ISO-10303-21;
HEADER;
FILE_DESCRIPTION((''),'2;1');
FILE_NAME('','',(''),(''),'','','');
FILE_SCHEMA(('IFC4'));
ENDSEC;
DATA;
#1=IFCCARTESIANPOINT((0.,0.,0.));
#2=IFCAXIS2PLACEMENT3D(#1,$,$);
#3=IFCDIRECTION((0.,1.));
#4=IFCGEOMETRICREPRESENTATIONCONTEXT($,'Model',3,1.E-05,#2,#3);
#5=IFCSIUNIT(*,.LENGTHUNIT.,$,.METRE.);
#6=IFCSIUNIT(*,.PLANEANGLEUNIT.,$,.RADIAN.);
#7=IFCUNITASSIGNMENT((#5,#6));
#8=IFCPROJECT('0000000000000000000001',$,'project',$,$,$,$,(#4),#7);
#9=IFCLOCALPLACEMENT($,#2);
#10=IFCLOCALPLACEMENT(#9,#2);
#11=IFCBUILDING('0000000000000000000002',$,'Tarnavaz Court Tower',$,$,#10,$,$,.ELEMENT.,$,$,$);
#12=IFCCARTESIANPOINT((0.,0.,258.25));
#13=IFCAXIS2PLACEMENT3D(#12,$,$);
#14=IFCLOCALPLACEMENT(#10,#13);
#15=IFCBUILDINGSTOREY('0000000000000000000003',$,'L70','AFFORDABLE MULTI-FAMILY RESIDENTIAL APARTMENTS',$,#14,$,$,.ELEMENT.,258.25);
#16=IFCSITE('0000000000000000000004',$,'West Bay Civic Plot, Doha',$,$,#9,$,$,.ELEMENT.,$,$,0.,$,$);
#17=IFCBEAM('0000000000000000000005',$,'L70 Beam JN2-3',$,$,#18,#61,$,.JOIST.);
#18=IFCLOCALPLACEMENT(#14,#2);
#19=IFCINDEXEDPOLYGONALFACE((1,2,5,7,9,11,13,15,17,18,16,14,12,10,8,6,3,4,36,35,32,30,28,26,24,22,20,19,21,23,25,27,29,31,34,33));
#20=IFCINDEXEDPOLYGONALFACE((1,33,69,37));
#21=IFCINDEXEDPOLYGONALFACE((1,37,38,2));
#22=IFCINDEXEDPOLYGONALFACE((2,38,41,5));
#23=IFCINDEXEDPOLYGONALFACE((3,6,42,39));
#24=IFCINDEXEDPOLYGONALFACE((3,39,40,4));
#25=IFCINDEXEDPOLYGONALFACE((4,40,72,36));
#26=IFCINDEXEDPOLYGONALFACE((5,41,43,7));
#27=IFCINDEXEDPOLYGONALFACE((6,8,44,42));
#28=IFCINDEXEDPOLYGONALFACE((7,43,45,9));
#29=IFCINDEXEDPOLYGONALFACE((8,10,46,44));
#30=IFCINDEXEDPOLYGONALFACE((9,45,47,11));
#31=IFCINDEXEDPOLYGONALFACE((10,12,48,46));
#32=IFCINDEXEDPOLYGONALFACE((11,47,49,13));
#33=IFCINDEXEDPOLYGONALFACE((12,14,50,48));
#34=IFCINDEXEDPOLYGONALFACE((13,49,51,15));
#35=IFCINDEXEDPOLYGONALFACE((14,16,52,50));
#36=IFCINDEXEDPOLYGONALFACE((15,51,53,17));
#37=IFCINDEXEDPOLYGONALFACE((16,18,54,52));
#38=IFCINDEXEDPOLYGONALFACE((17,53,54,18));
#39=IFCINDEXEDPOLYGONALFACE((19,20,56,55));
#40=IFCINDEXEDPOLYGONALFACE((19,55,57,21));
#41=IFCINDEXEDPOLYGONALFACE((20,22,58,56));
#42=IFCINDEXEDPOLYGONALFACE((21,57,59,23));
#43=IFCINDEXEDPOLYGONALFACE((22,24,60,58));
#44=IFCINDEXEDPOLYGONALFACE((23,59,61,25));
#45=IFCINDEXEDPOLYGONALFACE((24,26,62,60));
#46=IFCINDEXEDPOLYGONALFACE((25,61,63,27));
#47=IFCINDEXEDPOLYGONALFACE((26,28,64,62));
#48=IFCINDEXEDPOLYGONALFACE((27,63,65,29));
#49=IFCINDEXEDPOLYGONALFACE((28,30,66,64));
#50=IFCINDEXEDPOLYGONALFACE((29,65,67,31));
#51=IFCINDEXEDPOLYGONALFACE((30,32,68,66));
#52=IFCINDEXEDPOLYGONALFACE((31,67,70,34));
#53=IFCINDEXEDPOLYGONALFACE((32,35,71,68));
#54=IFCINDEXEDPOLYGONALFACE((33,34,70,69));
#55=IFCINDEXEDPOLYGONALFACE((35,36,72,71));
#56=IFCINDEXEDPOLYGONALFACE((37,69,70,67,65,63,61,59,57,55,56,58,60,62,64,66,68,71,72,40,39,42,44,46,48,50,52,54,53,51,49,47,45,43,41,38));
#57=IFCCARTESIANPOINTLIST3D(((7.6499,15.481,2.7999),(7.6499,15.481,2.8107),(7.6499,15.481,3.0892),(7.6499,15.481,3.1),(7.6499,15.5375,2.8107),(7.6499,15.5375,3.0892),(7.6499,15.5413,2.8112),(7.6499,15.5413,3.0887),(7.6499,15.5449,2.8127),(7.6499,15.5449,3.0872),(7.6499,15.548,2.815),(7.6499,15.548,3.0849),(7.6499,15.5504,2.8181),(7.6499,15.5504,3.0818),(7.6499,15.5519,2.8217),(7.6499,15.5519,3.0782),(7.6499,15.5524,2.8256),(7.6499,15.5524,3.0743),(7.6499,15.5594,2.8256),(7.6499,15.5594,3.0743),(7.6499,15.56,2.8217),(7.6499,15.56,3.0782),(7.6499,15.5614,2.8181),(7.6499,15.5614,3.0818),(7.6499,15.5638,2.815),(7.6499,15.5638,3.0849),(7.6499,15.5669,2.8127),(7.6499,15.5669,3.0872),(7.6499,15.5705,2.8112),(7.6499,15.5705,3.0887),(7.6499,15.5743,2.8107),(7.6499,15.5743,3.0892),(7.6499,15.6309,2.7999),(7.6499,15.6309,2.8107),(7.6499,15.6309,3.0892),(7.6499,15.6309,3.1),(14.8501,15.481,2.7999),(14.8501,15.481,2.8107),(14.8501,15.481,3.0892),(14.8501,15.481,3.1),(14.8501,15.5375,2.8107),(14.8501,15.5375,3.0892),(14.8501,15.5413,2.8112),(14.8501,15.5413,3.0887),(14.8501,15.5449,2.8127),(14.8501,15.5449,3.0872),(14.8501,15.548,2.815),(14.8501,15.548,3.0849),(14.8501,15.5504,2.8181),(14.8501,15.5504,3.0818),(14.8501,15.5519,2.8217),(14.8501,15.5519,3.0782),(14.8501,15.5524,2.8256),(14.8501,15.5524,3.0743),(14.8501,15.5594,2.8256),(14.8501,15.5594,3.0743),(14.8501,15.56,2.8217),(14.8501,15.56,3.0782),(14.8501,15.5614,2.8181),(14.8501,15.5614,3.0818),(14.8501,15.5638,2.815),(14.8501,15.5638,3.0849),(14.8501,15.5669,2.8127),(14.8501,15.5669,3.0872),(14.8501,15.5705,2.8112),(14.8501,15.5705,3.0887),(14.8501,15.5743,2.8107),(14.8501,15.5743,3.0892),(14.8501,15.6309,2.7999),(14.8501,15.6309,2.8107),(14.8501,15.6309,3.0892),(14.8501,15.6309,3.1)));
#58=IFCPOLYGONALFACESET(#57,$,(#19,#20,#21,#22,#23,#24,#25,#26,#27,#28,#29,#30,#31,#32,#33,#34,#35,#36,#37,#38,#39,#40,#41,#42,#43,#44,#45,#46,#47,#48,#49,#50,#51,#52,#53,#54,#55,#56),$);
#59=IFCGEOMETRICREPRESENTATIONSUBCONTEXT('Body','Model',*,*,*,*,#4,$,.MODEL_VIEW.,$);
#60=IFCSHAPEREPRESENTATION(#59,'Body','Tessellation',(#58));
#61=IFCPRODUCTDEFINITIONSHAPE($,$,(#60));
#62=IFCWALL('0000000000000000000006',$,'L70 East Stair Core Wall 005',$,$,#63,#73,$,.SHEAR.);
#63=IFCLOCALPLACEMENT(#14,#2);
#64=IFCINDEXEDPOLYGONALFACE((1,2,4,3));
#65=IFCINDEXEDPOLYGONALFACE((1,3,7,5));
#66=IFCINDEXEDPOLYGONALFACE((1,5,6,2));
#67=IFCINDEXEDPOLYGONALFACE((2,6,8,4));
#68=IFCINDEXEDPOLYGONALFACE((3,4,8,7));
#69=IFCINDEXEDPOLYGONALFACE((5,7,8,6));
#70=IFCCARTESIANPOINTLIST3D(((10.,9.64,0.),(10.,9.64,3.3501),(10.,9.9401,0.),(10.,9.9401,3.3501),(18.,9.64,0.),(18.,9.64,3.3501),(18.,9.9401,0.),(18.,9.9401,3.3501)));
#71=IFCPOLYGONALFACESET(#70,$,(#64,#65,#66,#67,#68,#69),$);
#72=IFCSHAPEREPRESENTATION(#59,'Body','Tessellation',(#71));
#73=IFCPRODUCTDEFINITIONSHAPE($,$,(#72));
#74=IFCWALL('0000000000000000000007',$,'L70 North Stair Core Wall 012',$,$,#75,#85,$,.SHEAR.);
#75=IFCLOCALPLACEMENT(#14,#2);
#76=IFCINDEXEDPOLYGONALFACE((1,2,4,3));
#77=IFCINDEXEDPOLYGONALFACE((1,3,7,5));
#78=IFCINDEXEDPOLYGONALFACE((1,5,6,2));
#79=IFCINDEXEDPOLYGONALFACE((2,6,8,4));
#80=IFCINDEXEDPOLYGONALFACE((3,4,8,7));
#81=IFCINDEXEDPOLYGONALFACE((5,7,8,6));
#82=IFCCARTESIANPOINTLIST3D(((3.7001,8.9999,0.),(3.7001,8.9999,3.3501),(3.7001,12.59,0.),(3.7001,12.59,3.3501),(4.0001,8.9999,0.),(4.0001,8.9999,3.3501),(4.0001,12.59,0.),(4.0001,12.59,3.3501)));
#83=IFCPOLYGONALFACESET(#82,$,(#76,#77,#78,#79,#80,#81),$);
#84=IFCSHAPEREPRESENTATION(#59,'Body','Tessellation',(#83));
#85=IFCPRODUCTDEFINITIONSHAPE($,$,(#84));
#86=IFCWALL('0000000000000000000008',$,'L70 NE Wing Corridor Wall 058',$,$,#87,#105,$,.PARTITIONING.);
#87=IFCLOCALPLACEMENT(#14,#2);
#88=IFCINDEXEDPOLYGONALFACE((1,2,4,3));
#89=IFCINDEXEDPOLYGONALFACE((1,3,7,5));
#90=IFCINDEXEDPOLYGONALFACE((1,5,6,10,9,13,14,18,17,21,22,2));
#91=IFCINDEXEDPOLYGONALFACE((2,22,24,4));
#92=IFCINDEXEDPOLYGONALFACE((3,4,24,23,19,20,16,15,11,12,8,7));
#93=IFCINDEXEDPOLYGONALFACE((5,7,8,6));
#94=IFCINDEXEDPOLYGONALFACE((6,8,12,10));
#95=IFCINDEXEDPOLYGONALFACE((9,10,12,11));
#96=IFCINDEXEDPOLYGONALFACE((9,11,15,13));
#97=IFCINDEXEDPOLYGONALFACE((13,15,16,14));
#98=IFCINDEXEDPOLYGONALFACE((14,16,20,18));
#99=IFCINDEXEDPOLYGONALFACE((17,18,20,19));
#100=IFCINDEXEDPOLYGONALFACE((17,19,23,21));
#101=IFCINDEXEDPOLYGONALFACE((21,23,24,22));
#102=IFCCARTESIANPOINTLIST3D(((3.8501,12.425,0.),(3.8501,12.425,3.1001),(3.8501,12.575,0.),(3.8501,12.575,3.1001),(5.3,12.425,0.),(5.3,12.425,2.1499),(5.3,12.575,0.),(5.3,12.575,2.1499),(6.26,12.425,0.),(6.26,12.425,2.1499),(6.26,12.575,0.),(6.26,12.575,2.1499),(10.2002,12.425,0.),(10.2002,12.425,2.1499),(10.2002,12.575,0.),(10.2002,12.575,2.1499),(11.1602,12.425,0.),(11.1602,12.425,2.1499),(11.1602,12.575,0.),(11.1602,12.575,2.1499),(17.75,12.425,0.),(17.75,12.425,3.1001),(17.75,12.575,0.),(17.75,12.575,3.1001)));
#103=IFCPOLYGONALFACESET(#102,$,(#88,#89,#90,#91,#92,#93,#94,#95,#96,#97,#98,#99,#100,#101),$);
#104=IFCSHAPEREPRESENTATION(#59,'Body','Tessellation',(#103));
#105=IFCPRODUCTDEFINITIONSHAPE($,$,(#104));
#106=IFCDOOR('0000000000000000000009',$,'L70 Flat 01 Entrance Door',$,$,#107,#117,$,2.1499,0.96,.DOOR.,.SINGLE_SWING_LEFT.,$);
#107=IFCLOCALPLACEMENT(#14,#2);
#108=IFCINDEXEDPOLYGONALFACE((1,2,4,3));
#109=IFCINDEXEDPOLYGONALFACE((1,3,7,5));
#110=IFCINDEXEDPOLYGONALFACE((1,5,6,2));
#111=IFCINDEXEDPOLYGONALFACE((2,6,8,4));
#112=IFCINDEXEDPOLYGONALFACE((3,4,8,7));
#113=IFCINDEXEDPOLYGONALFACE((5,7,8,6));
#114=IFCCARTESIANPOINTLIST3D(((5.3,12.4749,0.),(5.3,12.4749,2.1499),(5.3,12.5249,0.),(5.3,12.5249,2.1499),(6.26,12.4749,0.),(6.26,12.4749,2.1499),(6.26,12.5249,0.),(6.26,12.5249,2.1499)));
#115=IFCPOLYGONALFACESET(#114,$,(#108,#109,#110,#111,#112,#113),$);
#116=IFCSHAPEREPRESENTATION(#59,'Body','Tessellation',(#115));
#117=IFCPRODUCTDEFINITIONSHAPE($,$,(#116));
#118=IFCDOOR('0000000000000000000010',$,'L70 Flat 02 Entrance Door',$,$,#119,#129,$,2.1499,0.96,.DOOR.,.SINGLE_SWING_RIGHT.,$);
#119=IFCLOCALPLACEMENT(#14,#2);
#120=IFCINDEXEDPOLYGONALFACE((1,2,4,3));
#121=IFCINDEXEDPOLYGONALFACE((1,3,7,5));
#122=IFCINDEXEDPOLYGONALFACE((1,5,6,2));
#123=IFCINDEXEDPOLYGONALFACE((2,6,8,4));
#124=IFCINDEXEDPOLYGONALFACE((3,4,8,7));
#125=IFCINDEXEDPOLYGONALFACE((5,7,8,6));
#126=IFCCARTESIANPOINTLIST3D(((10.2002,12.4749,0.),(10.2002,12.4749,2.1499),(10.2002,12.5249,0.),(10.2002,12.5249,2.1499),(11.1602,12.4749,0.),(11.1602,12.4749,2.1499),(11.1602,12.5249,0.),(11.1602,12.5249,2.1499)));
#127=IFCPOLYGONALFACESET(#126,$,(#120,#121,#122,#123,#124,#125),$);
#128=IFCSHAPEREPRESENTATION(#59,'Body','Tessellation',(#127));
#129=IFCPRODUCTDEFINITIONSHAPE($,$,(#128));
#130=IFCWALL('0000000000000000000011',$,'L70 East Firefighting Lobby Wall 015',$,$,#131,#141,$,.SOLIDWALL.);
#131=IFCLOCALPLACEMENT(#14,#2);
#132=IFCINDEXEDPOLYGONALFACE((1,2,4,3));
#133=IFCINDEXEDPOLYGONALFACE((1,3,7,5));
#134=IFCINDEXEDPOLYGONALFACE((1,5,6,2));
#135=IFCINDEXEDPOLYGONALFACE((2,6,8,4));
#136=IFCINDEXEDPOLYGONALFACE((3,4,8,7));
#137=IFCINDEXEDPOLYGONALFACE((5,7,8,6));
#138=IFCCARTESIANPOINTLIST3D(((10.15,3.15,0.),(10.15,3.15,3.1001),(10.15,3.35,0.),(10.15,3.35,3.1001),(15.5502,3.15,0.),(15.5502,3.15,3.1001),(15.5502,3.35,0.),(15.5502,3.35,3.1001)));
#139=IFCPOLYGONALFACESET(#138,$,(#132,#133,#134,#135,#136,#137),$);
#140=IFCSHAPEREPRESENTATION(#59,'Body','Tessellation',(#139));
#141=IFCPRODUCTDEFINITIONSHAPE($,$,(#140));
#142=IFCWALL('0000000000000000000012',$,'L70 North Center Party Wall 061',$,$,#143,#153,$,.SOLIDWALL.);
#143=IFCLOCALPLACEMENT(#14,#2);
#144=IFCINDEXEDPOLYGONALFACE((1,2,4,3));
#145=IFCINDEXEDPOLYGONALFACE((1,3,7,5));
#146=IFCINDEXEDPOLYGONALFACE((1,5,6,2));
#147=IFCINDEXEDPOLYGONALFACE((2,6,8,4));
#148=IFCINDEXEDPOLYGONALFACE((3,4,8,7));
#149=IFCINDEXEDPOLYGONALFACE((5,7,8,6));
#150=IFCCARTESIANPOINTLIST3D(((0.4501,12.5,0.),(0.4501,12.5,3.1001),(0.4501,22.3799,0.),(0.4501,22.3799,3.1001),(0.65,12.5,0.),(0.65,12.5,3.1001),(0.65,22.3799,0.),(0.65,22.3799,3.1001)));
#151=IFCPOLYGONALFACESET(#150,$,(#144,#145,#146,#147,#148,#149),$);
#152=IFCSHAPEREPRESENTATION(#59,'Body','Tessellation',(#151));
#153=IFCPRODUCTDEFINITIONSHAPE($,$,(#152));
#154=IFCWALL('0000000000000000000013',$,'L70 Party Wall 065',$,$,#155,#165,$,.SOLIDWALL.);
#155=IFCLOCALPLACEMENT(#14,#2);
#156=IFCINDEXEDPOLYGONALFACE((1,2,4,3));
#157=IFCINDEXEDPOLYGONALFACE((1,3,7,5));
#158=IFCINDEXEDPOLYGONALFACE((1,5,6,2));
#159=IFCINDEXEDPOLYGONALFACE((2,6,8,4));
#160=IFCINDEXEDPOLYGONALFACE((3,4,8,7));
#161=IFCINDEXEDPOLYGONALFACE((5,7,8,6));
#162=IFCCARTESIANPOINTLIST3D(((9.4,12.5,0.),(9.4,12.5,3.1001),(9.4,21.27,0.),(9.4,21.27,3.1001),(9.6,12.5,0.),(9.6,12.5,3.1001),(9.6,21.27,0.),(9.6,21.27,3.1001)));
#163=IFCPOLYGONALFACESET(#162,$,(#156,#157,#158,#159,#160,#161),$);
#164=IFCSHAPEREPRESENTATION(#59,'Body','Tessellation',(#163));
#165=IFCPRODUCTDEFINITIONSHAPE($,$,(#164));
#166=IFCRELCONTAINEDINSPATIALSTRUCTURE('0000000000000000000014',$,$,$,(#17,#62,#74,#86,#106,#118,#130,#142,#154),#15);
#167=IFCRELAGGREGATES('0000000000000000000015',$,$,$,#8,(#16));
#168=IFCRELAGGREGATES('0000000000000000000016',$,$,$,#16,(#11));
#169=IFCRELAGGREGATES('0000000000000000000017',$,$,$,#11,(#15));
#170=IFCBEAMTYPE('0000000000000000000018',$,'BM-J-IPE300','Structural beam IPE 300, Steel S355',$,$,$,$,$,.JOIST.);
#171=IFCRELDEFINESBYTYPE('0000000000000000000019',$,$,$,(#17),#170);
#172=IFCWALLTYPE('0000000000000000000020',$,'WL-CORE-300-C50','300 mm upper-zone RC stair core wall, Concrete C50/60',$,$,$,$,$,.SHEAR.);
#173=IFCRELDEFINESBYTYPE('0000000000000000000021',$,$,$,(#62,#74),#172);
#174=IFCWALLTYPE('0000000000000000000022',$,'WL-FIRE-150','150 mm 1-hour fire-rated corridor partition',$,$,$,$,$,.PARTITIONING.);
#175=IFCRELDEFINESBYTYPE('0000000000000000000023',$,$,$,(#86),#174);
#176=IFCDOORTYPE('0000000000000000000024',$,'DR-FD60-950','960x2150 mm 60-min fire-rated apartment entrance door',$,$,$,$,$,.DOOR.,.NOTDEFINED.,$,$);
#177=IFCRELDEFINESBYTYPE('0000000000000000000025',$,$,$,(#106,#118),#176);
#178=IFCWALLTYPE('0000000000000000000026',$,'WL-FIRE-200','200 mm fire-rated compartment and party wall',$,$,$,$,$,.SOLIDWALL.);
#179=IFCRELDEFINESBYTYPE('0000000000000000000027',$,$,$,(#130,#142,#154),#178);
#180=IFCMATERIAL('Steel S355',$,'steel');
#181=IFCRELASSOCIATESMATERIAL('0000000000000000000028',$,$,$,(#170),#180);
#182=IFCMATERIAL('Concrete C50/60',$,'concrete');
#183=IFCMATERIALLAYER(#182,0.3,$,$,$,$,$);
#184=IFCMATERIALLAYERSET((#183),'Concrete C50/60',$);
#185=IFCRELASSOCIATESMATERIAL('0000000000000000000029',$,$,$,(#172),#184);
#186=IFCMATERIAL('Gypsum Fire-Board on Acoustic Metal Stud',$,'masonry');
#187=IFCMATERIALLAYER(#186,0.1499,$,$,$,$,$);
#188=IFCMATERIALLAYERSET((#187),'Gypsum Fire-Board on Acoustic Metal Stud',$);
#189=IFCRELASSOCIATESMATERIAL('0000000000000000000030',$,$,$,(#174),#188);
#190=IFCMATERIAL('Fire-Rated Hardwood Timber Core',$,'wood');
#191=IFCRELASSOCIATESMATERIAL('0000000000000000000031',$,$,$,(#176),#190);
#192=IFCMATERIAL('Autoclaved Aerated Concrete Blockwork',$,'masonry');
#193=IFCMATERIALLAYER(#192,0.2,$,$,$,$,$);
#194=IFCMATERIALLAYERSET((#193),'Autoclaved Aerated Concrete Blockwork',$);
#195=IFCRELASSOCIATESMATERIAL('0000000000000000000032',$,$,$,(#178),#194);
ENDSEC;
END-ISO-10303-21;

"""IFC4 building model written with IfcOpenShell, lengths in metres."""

from ifc_helpers import new_model, si_unit, direction, frame, frame_2d, origin, origin_2d, place, context, subcontext, project, spatial, rectangle, i_section, extrude, material, layer, layer_set, material_profile, profile_set, type_object, element, fill, save


model = new_model("IFC4")

# Units and contexts
model_context = context("Model", 3, precision=1e-05, world=origin(), true_north=direction((0.0, 1.0)))
body_context = subcontext(model_context, "Body", "Model", "MODEL_VIEW")
ifc_project = project(units=[si_unit("LENGTHUNIT", "METRE"), si_unit("PLANEANGLEUNIT", "RADIAN")], contexts=[model_context])

# Site, building, storey
site_placement = place(None, origin())
site = spatial("IfcSite", under=ifc_project, at=site_placement, Name="West Bay Civic Plot, Doha", CompositionType="ELEMENT", RefElevation=0.0)
building_placement = place(site_placement, origin())
building = spatial("IfcBuilding", under=site, at=building_placement, Name="Tarnavaz Court Tower", CompositionType="ELEMENT")
storey_placement = place(building_placement, frame((0.0, 0.0, 258.25)))
storey = spatial("IfcBuildingStorey", under=building, at=storey_placement, Name="L70", Description="AFFORDABLE MULTI-FAMILY RESIDENTIAL APARTMENTS", CompositionType="ELEMENT", Elevation=258.25)

# Shared definitions
ifc_material_1 = material(Name="Concrete C50/60", Category="concrete")

# Beam
ifc_material_2 = material(Name="Steel S355", Category="steel")
ifc_material_profile_1 = material_profile(ifc_material_2, i_section(OverallWidth=0.1499, OverallDepth=0.3, WebThickness=0.0071, FlangeThickness=0.0107, FilletRadius=0.0149, at=origin_2d()), Name="IPE 300")
ifc_profile_set_1 = profile_set([ifc_material_profile_1], Name="Steel S355")
beam_type_1 = type_object("IfcBeamType", Name="BM-J-IPE300", Description="Structural beam IPE 300, Steel S355", PredefinedType="JOIST", material=ifc_profile_set_1)
for number, where, z_axis, x_axis, name in (
    (1, (7.6499, 15.5559, 2.95), (1.0, 0.0, 0.0), (0.0, 1.0, 0.0), "L70 Beam JN2-3"),
):
    element("IfcBeam", number, at=place(storey_placement, frame(where, z_axis=z_axis, x_axis=x_axis)), inside=storey, type_object=beam_type_1, Name=name, PredefinedType="JOIST", context=body_context, shape_type="SweptSolid", body=[
        extrude(i_section(OverallWidth=0.1499, OverallDepth=0.3, WebThickness=0.0071, FlangeThickness=0.0107, FilletRadius=0.0149, at=origin_2d()), origin(), (0.0, 0.0, 1.0), 7.2002),
    ])

# Wall
ifc_layer_1 = layer(ifc_material_1, 0.3)
ifc_layer_set_1 = layer_set([ifc_layer_1], Name="Concrete C50/60")
wall_type_1 = type_object("IfcWallType", Name="WL-CORE-300-C50", Description="300 mm upper-zone RC stair core wall, Concrete C50/60", PredefinedType="SHEAR", material=ifc_layer_set_1)
wall_1_placement = place(storey_placement, frame((10.0, 9.79, 0.0), z_axis=(0.0, 0.0, 1.0), x_axis=(1.0, 0.0, 0.0)))
element("IfcWall", 2, at=wall_1_placement, inside=storey, type_object=wall_type_1, Name="L70 East Stair Core Wall 005", PredefinedType="SHEAR", context=body_context, shape_type="SweptSolid", body=[
    extrude(rectangle(XDim=8.0, YDim=0.3, at=frame_2d((4.0, 0.0))), origin(), (0.0, 0.0, 1.0), 3.3501),
])

# Shared definitions
ifc_material_3 = material(Name="Fire-Rated Hardwood Timber Core", Category="wood")

# Wall
wall_2_placement = place(storey_placement, frame((3.8501, 9.0, 0.0), z_axis=(0.0, 0.0, 1.0), x_axis=(0.0, 1.0, 0.0)))
element("IfcWall", 3, at=wall_2_placement, inside=storey, type_object=wall_type_1, Name="L70 North Stair Core Wall 012", PredefinedType="SHEAR", context=body_context, shape_type="SweptSolid", body=[
    extrude(rectangle(XDim=3.5901, YDim=0.3, at=frame_2d((1.7949, 0.0))), origin(), (0.0, 0.0, 1.0), 3.3501),
])

# Wall, openings, doors
ifc_material_4 = material(Name="Gypsum Fire-Board on Acoustic Metal Stud", Category="masonry")
ifc_layer_2 = layer(ifc_material_4, 0.1499)
ifc_layer_set_2 = layer_set([ifc_layer_2], Name="Gypsum Fire-Board on Acoustic Metal Stud")
wall_type_2 = type_object("IfcWallType", Name="WL-FIRE-150", Description="150 mm 1-hour fire-rated corridor partition", PredefinedType="PARTITIONING", material=ifc_layer_set_2)
wall_3_placement = place(storey_placement, frame((3.8501, 12.5, 0.0), z_axis=(0.0, 0.0, 1.0), x_axis=(1.0, 0.0, 0.0)))
wall_3 = element("IfcWall", 4, at=wall_3_placement, inside=storey, type_object=wall_type_2, Name="L70 NE Wing Corridor Wall 058", PredefinedType="PARTITIONING", context=body_context, shape_type="SweptSolid", body=[
    extrude(rectangle(XDim=13.8999, YDim=0.1499, at=frame_2d((6.95, 0.0))), origin(), (0.0, 0.0, 1.0), 3.1001),
])
opening_1_placement = place(wall_3_placement, frame((1.45, 0.0, 0.0)))
opening_1 = element("IfcOpeningElement", 5, at=opening_1_placement, cuts=wall_3, PredefinedType="OPENING", context=body_context, shape_type="SweptSolid", body=[
    extrude(rectangle(XDim=0.96, YDim=2.1499, at=frame_2d((0.48, 1.075))), frame((0.0, 0.085, 0.0), z_axis=(0.0, -1.0, 0.0), x_axis=(1.0, 0.0, 0.0)), (0.0, 0.0, 1.0), 0.1699),
])
opening_2_placement = place(wall_3_placement, frame((6.3501, 0.0, 0.0)))
opening_2 = element("IfcOpeningElement", 6, at=opening_2_placement, cuts=wall_3, PredefinedType="OPENING", context=body_context, shape_type="SweptSolid", body=[
    extrude(rectangle(XDim=0.96, YDim=2.1499, at=frame_2d((0.48, 1.075))), frame((0.0, 0.085, 0.0), z_axis=(0.0, -1.0, 0.0), x_axis=(1.0, 0.0, 0.0)), (0.0, 0.0, 1.0), 0.1699),
])
door_type_1 = type_object("IfcDoorType", Name="DR-FD60-950", Description="960x2150 mm 60-min fire-rated apartment entrance door", OperationType="NOTDEFINED", PredefinedType="DOOR", material=ifc_material_3)
door_1_placement = place(opening_1_placement, origin())
door_1 = element("IfcDoor", 7, at=door_1_placement, inside=storey, type_object=door_type_1, Name="L70 Flat 01 Entrance Door", OperationType="SINGLE_SWING_LEFT", OverallHeight=2.1499, OverallWidth=0.96, PredefinedType="DOOR", context=body_context, shape_type="SweptSolid", body=[
    extrude(rectangle(XDim=0.96, YDim=2.1499, at=frame_2d((0.48, 1.075))), frame((0.0, 0.0249, 0.0), z_axis=(0.0, -1.0, 0.0), x_axis=(1.0, 0.0, 0.0)), (0.0, 0.0, 1.0), 0.05),
])
fill(opening_1, door_1)
door_2_placement = place(opening_2_placement, origin())
door_2 = element("IfcDoor", 8, at=door_2_placement, inside=storey, type_object=door_type_1, Name="L70 Flat 02 Entrance Door", OperationType="SINGLE_SWING_RIGHT", OverallHeight=2.1499, OverallWidth=0.96, PredefinedType="DOOR", context=body_context, shape_type="SweptSolid", body=[
    extrude(rectangle(XDim=0.96, YDim=2.1499, at=frame_2d((0.48, 1.075))), frame((0.0, 0.0249, 0.0), z_axis=(0.0, -1.0, 0.0), x_axis=(1.0, 0.0, 0.0)), (0.0, 0.0, 1.0), 0.05),
])
fill(opening_2, door_2)

# Walls
ifc_material_5 = material(Name="Autoclaved Aerated Concrete Blockwork", Category="masonry")
ifc_layer_3 = layer(ifc_material_5, 0.2)
ifc_layer_set_3 = layer_set([ifc_layer_3], Name="Autoclaved Aerated Concrete Blockwork")
wall_type_3 = type_object("IfcWallType", Name="WL-FIRE-200", Description="200 mm fire-rated compartment and party wall", PredefinedType="SOLIDWALL", material=ifc_layer_set_3)
wall_4_placement = place(storey_placement, frame((10.1499, 3.25, 0.0), z_axis=(0.0, 0.0, 1.0), x_axis=(1.0, 0.0, 0.0)))
element("IfcWall", 9, at=wall_4_placement, inside=storey, type_object=wall_type_3, Name="L70 East Firefighting Lobby Wall 015", PredefinedType="SOLIDWALL", context=body_context, shape_type="SweptSolid", body=[
    extrude(rectangle(XDim=5.4001, YDim=0.2, at=frame_2d((2.7002, 0.0))), origin(), (0.0, 0.0, 1.0), 3.1001),
])
wall_5_placement = place(storey_placement, frame((0.55, 12.5, 0.0), z_axis=(0.0, 0.0, 1.0), x_axis=(0.0, 1.0, 0.0)))
element("IfcWall", 10, at=wall_5_placement, inside=storey, type_object=wall_type_3, Name="L70 North Center Party Wall 061", PredefinedType="SOLIDWALL", context=body_context, shape_type="SweptSolid", body=[
    extrude(rectangle(XDim=9.8799, YDim=0.2, at=frame_2d((4.9399, 0.0))), origin(), (0.0, 0.0, 1.0), 3.1001),
])
wall_6_placement = place(storey_placement, frame((9.5, 12.5, 0.0), z_axis=(0.0, 0.0, 1.0), x_axis=(0.0, 1.0, 0.0)))
element("IfcWall", 11, at=wall_6_placement, inside=storey, type_object=wall_type_3, Name="L70 Party Wall 065", PredefinedType="SOLIDWALL", context=body_context, shape_type="SweptSolid", body=[
    extrude(rectangle(XDim=8.77, YDim=0.2, at=frame_2d((4.385, 0.0))), origin(), (0.0, 0.0, 1.0), 3.1001),
])

save(model, "model.ifc")
